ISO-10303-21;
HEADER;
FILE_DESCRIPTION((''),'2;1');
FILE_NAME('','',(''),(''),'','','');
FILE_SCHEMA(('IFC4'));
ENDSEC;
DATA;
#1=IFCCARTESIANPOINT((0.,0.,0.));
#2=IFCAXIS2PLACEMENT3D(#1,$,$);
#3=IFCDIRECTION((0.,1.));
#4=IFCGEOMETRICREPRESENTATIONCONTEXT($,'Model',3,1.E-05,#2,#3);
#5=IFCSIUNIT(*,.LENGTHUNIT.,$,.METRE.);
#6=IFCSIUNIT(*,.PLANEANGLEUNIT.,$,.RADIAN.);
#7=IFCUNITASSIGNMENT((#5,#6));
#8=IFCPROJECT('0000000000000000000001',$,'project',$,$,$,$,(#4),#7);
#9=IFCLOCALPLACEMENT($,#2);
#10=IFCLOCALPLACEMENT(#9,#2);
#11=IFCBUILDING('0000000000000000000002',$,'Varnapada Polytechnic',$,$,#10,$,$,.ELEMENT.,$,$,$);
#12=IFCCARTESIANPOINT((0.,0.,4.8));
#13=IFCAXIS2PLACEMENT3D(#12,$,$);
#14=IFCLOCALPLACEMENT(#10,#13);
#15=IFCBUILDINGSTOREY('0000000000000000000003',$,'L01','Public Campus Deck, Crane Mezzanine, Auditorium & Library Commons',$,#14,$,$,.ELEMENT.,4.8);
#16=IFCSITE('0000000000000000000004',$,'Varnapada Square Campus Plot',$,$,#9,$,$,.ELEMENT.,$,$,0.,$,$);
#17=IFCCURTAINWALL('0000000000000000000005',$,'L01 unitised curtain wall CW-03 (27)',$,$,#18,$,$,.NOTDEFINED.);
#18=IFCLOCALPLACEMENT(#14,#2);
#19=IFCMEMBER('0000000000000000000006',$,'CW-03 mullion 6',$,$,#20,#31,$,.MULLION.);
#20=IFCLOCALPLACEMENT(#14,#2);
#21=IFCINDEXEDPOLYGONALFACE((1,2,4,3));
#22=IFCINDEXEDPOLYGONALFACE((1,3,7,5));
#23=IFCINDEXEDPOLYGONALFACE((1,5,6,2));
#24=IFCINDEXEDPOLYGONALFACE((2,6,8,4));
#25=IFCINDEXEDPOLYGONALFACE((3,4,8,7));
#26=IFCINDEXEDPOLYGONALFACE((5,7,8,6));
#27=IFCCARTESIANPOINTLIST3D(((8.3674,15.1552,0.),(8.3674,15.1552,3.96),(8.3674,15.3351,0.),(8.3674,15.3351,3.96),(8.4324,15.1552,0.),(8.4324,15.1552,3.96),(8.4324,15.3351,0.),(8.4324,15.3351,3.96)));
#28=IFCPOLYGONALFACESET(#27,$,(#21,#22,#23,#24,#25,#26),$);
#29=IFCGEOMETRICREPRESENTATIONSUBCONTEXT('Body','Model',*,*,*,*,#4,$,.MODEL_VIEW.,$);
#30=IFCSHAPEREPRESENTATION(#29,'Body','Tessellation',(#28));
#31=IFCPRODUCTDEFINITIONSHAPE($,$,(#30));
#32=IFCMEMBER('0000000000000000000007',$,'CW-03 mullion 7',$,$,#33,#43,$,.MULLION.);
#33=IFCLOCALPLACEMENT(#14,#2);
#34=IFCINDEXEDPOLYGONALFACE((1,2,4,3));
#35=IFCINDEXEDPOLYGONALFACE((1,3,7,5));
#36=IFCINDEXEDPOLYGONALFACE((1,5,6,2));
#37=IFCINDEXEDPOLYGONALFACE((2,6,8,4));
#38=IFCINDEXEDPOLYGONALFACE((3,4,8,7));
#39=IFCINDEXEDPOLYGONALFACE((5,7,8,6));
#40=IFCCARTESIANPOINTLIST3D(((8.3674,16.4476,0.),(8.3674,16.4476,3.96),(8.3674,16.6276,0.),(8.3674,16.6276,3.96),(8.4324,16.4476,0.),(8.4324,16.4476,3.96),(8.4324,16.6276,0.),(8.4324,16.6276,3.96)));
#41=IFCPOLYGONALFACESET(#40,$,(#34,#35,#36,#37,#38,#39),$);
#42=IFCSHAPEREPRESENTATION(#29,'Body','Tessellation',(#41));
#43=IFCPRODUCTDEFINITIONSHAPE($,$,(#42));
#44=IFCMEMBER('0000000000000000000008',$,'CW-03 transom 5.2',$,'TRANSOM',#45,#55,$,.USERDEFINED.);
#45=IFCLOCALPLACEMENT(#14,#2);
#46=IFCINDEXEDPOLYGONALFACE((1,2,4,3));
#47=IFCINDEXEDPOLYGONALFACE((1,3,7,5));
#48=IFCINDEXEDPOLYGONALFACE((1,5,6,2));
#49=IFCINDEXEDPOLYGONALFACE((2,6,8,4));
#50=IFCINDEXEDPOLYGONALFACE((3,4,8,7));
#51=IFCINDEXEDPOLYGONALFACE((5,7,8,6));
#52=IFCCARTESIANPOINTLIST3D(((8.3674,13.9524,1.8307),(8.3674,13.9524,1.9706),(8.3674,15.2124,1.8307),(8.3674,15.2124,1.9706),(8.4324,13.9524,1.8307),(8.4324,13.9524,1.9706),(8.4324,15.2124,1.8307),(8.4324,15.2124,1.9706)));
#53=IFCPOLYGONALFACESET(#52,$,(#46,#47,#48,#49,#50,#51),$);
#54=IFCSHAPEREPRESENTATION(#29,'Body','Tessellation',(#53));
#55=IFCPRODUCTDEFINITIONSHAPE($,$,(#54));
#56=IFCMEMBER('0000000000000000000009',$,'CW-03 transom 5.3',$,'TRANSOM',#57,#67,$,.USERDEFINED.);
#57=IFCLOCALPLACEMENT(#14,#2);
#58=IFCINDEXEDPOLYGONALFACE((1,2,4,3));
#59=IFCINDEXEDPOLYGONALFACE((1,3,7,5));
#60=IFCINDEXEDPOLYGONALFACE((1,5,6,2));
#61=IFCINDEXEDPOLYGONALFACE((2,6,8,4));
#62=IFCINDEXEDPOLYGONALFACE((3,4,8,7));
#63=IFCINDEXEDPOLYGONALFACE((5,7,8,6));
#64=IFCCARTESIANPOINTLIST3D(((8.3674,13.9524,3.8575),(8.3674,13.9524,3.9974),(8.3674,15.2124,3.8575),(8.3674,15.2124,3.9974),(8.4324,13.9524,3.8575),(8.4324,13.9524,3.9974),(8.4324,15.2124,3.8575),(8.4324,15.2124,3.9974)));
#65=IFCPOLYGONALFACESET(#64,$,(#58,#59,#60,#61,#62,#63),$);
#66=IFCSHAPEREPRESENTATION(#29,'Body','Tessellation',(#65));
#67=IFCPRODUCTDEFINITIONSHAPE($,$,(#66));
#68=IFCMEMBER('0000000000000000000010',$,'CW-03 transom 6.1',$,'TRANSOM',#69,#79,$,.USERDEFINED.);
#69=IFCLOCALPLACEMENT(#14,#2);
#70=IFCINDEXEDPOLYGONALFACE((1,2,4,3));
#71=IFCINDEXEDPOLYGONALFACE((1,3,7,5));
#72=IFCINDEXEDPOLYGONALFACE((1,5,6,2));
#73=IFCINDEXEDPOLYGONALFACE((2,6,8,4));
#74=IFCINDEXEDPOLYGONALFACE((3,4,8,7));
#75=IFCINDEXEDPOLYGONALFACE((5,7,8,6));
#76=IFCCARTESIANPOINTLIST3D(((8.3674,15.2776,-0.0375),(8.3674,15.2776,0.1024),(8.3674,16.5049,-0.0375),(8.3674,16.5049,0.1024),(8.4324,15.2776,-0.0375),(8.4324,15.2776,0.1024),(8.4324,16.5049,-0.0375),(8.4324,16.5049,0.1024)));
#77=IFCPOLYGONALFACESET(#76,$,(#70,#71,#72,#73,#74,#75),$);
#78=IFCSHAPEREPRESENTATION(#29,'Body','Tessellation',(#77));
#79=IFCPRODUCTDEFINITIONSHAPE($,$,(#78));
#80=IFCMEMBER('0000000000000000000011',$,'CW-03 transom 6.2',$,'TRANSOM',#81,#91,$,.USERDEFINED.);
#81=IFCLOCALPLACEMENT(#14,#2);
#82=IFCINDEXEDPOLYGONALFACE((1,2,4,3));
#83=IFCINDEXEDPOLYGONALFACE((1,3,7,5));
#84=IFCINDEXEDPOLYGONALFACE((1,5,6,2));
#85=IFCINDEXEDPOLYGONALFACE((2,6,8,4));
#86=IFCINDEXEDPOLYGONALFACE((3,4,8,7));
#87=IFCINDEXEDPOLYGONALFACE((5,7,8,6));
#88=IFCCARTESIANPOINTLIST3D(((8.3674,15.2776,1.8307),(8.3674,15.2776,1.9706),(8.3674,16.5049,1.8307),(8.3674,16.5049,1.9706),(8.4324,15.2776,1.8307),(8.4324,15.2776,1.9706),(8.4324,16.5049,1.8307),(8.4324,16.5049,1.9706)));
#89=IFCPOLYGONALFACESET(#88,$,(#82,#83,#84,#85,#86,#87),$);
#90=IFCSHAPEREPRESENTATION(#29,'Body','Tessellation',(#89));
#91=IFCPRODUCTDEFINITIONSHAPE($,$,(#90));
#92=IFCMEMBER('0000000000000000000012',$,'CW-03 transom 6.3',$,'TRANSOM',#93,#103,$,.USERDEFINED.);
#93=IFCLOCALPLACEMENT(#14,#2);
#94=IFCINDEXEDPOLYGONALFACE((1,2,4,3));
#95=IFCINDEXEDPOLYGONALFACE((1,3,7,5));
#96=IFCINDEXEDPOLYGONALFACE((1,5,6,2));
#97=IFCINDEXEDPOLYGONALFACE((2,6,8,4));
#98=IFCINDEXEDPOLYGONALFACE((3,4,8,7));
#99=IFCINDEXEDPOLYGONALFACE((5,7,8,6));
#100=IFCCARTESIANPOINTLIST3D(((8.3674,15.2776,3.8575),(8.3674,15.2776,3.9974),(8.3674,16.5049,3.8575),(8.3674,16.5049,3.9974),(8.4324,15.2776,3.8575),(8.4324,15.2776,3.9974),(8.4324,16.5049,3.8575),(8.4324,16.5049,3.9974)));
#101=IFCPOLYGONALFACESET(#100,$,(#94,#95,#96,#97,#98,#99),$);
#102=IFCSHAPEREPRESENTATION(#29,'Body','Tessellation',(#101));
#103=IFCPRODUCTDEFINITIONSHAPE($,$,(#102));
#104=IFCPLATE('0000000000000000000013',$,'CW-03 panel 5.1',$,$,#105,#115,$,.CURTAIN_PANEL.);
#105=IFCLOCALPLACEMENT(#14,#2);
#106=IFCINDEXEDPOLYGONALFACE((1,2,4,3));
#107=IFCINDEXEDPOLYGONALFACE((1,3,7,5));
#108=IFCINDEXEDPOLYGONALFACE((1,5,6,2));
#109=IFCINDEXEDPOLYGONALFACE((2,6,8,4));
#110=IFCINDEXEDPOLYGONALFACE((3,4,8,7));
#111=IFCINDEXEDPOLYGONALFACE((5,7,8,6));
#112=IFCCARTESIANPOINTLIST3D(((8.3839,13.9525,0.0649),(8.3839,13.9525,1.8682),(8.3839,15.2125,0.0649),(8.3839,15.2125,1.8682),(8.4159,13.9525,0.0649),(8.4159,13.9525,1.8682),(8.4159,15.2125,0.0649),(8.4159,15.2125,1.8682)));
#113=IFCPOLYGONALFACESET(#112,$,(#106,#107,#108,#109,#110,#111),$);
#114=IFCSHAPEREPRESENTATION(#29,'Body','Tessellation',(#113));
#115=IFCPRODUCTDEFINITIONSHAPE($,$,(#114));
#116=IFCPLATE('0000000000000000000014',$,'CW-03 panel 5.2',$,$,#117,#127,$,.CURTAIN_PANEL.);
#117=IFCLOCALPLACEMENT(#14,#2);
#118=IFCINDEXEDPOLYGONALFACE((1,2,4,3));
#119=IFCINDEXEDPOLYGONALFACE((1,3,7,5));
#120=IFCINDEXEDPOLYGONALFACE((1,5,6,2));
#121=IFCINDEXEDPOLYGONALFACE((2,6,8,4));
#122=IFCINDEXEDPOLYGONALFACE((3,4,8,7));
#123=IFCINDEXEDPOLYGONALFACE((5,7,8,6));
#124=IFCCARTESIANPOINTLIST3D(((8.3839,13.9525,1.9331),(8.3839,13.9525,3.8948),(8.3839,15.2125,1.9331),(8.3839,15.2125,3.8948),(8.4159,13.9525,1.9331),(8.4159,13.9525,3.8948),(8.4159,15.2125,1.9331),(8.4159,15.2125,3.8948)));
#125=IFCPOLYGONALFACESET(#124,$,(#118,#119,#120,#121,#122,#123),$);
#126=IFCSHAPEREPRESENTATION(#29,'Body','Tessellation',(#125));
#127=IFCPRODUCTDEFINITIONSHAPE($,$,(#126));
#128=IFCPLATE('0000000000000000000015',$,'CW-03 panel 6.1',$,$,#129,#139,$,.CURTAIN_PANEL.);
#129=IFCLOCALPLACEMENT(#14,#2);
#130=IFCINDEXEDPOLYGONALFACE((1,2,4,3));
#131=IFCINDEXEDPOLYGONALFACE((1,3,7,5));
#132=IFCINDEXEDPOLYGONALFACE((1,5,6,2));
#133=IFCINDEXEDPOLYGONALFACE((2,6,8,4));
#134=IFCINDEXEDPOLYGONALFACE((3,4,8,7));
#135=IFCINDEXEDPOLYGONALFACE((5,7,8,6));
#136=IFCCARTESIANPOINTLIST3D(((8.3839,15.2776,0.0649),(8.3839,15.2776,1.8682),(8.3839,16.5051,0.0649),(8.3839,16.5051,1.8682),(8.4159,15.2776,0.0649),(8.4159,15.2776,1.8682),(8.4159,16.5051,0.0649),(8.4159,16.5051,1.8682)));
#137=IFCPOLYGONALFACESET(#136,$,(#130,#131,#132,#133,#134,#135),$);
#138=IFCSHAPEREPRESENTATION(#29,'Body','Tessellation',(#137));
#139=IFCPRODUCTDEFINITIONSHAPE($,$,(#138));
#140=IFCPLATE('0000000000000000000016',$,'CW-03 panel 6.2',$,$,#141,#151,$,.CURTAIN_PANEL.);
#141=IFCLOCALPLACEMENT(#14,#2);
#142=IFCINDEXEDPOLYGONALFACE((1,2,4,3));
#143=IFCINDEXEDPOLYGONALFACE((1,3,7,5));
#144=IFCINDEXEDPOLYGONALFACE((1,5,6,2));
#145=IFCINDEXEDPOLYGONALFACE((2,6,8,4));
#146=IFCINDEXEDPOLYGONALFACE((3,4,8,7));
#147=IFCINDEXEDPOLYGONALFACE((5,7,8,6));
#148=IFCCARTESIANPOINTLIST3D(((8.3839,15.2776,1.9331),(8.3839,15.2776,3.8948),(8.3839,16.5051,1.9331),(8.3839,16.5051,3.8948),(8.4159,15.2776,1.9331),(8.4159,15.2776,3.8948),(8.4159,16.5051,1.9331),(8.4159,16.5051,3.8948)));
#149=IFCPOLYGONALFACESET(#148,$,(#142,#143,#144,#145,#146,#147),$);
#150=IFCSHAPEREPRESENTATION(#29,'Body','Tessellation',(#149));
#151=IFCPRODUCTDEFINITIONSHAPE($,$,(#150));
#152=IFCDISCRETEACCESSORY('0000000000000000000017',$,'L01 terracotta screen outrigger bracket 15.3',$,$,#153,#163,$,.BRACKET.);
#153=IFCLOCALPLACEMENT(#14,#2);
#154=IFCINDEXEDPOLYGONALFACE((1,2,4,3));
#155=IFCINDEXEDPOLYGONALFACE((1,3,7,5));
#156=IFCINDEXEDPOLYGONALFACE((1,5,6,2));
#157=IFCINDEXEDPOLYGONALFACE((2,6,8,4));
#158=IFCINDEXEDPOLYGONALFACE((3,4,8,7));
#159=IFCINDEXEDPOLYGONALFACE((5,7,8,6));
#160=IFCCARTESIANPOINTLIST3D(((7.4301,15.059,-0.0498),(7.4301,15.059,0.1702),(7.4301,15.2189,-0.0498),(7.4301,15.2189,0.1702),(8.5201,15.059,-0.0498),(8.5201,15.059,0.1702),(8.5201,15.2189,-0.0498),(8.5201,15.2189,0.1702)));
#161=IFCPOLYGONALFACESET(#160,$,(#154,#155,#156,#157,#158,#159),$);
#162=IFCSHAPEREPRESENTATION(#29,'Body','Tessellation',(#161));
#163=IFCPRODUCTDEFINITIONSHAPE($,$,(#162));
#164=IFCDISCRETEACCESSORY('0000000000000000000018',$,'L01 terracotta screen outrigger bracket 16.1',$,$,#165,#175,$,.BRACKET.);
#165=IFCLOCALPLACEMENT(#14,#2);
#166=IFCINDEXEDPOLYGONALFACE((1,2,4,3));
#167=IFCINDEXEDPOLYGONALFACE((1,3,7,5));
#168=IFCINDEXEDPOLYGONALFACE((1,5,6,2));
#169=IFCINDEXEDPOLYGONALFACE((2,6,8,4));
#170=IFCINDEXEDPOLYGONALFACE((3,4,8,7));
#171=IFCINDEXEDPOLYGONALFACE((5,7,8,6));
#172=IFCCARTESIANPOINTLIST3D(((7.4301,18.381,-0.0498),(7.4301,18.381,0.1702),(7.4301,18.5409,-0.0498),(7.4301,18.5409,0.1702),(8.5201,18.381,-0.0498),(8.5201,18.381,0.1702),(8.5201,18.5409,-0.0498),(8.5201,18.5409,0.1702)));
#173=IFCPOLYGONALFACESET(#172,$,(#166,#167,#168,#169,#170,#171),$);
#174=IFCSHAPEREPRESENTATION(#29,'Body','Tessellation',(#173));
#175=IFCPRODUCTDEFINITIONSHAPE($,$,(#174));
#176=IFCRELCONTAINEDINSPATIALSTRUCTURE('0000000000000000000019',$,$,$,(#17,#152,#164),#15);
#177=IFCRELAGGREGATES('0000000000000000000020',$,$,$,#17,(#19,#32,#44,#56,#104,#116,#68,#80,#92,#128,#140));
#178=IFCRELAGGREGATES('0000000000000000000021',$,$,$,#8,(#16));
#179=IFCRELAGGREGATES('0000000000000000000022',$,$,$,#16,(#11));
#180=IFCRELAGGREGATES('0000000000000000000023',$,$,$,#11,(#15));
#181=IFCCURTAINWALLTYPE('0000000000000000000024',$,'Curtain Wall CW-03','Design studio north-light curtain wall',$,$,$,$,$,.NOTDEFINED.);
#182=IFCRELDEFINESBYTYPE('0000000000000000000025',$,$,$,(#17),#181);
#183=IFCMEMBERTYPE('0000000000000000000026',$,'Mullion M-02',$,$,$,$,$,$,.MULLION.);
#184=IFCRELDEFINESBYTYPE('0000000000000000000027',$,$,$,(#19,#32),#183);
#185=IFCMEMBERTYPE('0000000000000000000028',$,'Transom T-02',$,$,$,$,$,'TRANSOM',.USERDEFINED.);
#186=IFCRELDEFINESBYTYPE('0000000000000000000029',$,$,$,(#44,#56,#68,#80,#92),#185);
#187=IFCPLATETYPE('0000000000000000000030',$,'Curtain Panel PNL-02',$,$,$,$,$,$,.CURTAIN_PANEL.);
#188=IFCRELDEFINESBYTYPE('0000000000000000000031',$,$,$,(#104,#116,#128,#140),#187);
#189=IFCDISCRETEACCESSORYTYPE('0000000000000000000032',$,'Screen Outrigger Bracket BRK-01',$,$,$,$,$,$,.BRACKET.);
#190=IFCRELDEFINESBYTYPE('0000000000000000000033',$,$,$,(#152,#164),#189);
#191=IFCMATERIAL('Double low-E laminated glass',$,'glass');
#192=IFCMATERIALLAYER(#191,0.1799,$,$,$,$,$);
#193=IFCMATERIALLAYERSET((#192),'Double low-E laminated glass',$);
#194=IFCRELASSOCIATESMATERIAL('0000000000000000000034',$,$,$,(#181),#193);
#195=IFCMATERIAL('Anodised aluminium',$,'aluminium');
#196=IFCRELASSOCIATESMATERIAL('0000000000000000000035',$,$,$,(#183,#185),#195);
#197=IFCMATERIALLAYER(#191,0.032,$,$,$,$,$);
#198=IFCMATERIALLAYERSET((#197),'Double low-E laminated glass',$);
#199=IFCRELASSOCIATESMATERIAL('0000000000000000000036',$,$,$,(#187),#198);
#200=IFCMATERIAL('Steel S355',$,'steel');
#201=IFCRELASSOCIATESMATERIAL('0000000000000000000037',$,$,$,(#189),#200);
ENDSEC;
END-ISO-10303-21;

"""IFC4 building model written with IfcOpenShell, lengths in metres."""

from ifc_helpers import new_model, si_unit, direction, frame, origin, origin_2d, place, context, subcontext, project, spatial, rectangle, extrude, material, layer, layer_set, material_profile, profile_set, type_object, element, aggregate, save


model = new_model("IFC4")

# Units and contexts
model_context = context("Model", 3, precision=1e-05, world=origin(), true_north=direction((0.0, 1.0)))
body_context = subcontext(model_context, "Body", "Model", "MODEL_VIEW")
ifc_project = project(units=[si_unit("LENGTHUNIT", "METRE"), si_unit("PLANEANGLEUNIT", "RADIAN")], contexts=[model_context])

# Site, building, storey
site_placement = place(None, origin())
site = spatial("IfcSite", under=ifc_project, at=site_placement, Name="Varnapada Square Campus Plot", CompositionType="ELEMENT", RefElevation=0.0)
building_placement = place(site_placement, origin())
building = spatial("IfcBuilding", under=site, at=building_placement, Name="Varnapada Polytechnic", CompositionType="ELEMENT")
storey_placement = place(building_placement, frame((0.0, 0.0, 4.8)))
storey = spatial("IfcBuildingStorey", under=building, at=storey_placement, Name="L01", Description="Public Campus Deck, Crane Mezzanine, Auditorium & Library Commons", CompositionType="ELEMENT", Elevation=4.8)

# Curtain wall, members, plates
ifc_material_1 = material(Name="Double low-E laminated glass", Category="glass")
ifc_layer_1 = layer(ifc_material_1, 0.1799)
ifc_layer_set_1 = layer_set([ifc_layer_1], Name="Double low-E laminated glass")
curtain_wall_type = type_object("IfcCurtainWallType", Name="Curtain Wall CW-03", Description="Design studio north-light curtain wall", PredefinedType="NOTDEFINED", material=ifc_layer_set_1)
curtain_wall_placement = place(storey_placement, origin())
curtain_wall = element("IfcCurtainWall", 1, at=curtain_wall_placement, inside=storey, type_object=curtain_wall_type, Name="L01 unitised curtain wall CW-03 (27)", PredefinedType="NOTDEFINED")
ifc_material_2 = material(Name="Anodised aluminium", Category="aluminium")
ifc_material_profile_1 = material_profile(ifc_material_2, rectangle(XDim=0.0649, YDim=0.1799, at=origin_2d()), Name="ALU M65x180")
ifc_profile_set_1 = profile_set([ifc_material_profile_1], Name="Anodised aluminium")
member_type_1 = type_object("IfcMemberType", Name="Mullion M-02", PredefinedType="MULLION", material=ifc_profile_set_1)
member_1_placement = place(storey_placement, frame((8.3999, 15.2451, 0.0), z_axis=(0.0, 0.0, 1.0), x_axis=(-1.0, 0.0, 0.0)))
member_1 = element("IfcMember", 2, at=member_1_placement, type_object=member_type_1, Name="CW-03 mullion 6", PredefinedType="MULLION", context=body_context, shape_type="SweptSolid", body=[
    extrude(rectangle(XDim=0.0649, YDim=0.1799, at=origin_2d()), origin(), (0.0, 0.0, 1.0), 3.96),
])
member_2_placement = place(storey_placement, frame((8.3999, 16.5376, 0.0), z_axis=(0.0, 0.0, 1.0), x_axis=(-1.0, 0.0, 0.0)))
member_2 = element("IfcMember", 3, at=member_2_placement, type_object=member_type_1, Name="CW-03 mullion 7", PredefinedType="MULLION", context=body_context, shape_type="SweptSolid", body=[
    extrude(rectangle(XDim=0.0649, YDim=0.1799, at=origin_2d()), origin(), (0.0, 0.0, 1.0), 3.96),
])
ifc_material_profile_2 = material_profile(ifc_material_2, rectangle(XDim=0.0649, YDim=0.1399, at=origin_2d()), Name="ALU T65x140")
ifc_profile_set_2 = profile_set([ifc_material_profile_2], Name="Anodised aluminium")
member_type_2 = type_object("IfcMemberType", Name="Transom T-02", ElementType="TRANSOM", PredefinedType="USERDEFINED", material=ifc_profile_set_2)
member_3_placement = place(storey_placement, frame((8.3999, 13.9524, 1.9006), z_axis=(0.0, 1.0, 0.0), x_axis=(-1.0, 0.0, 0.0)))
member_3 = element("IfcMember", 4, at=member_3_placement, type_object=member_type_2, Name="CW-03 transom 5.2", ObjectType="TRANSOM", PredefinedType="USERDEFINED", context=body_context, shape_type="SweptSolid", body=[
    extrude(rectangle(XDim=0.0649, YDim=0.1399, at=origin_2d()), origin(), (0.0, 0.0, 1.0), 1.26),
])
member_4_placement = place(storey_placement, frame((8.3999, 13.9524, 3.9275), z_axis=(0.0, 1.0, 0.0), x_axis=(-1.0, 0.0, 0.0)))
member_4 = element("IfcMember", 5, at=member_4_placement, type_object=member_type_2, Name="CW-03 transom 5.3", ObjectType="TRANSOM", PredefinedType="USERDEFINED", context=body_context, shape_type="SweptSolid", body=[
    extrude(rectangle(XDim=0.0649, YDim=0.1399, at=origin_2d()), origin(), (0.0, 0.0, 1.0), 1.26),
])
member_5_placement = place(storey_placement, frame((8.3999, 15.2776, 0.0325), z_axis=(0.0, 1.0, 0.0), x_axis=(-1.0, 0.0, 0.0)))
member_5 = element("IfcMember", 6, at=member_5_placement, type_object=member_type_2, Name="CW-03 transom 6.1", ObjectType="TRANSOM", PredefinedType="USERDEFINED", context=body_context, shape_type="SweptSolid", body=[
    extrude(rectangle(XDim=0.0649, YDim=0.1399, at=origin_2d()), origin(), (0.0, 0.0, 1.0), 1.2273),
])
member_6_placement = place(storey_placement, frame((8.3999, 15.2776, 1.9006), z_axis=(0.0, 1.0, 0.0), x_axis=(-1.0, 0.0, 0.0)))
member_6 = element("IfcMember", 7, at=member_6_placement, type_object=member_type_2, Name="CW-03 transom 6.2", ObjectType="TRANSOM", PredefinedType="USERDEFINED", context=body_context, shape_type="SweptSolid", body=[
    extrude(rectangle(XDim=0.0649, YDim=0.1399, at=origin_2d()), origin(), (0.0, 0.0, 1.0), 1.2273),
])
member_7_placement = place(storey_placement, frame((8.3999, 15.2776, 3.9275), z_axis=(0.0, 1.0, 0.0), x_axis=(-1.0, 0.0, 0.0)))
member_7 = element("IfcMember", 8, at=member_7_placement, type_object=member_type_2, Name="CW-03 transom 6.3", ObjectType="TRANSOM", PredefinedType="USERDEFINED", context=body_context, shape_type="SweptSolid", body=[
    extrude(rectangle(XDim=0.0649, YDim=0.1399, at=origin_2d()), origin(), (0.0, 0.0, 1.0), 1.2273),
])
ifc_layer_2 = layer(ifc_material_1, 0.032)
ifc_layer_set_2 = layer_set([ifc_layer_2], Name="Double low-E laminated glass")
plate_type = type_object("IfcPlateType", Name="Curtain Panel PNL-02", PredefinedType="CURTAIN_PANEL", material=ifc_layer_set_2)
plate_1_placement = place(storey_placement, frame((8.3999, 14.5825, 0.0649), z_axis=(0.0, 0.0, 1.0), x_axis=(0.0, 1.0, 0.0)))
plate_1 = element("IfcPlate", 9, at=plate_1_placement, type_object=plate_type, Name="CW-03 panel 5.1", PredefinedType="CURTAIN_PANEL", context=body_context, shape_type="SweptSolid", body=[
    extrude(rectangle(XDim=1.26, YDim=0.032, at=origin_2d()), origin(), (0.0, 0.0, 1.0), 1.8032),
])
plate_2_placement = place(storey_placement, frame((8.3999, 14.5825, 1.9331), z_axis=(0.0, 0.0, 1.0), x_axis=(0.0, 1.0, 0.0)))
plate_2 = element("IfcPlate", 10, at=plate_2_placement, type_object=plate_type, Name="CW-03 panel 5.2", PredefinedType="CURTAIN_PANEL", context=body_context, shape_type="SweptSolid", body=[
    extrude(rectangle(XDim=1.26, YDim=0.032, at=origin_2d()), origin(), (0.0, 0.0, 1.0), 1.9617),
])
plate_3_placement = place(storey_placement, frame((8.3999, 15.8914, 0.0649), z_axis=(0.0, 0.0, 1.0), x_axis=(0.0, 1.0, 0.0)))
plate_3 = element("IfcPlate", 11, at=plate_3_placement, type_object=plate_type, Name="CW-03 panel 6.1", PredefinedType="CURTAIN_PANEL", context=body_context, shape_type="SweptSolid", body=[
    extrude(rectangle(XDim=1.2275, YDim=0.032, at=origin_2d()), origin(), (0.0, 0.0, 1.0), 1.8032),
])
plate_4_placement = place(storey_placement, frame((8.3999, 15.8914, 1.9331), z_axis=(0.0, 0.0, 1.0), x_axis=(0.0, 1.0, 0.0)))
plate_4 = element("IfcPlate", 12, at=plate_4_placement, type_object=plate_type, Name="CW-03 panel 6.2", PredefinedType="CURTAIN_PANEL", context=body_context, shape_type="SweptSolid", body=[
    extrude(rectangle(XDim=1.2275, YDim=0.032, at=origin_2d()), origin(), (0.0, 0.0, 1.0), 1.9617),
])
aggregate(curtain_wall, [member_1, member_2, member_3, member_4, plate_1, plate_2, member_5, member_6, member_7, plate_3, plate_4])

# Discrete accessories
ifc_material_3 = material(Name="Steel S355", Category="steel")
discrete_accessory_type = type_object("IfcDiscreteAccessoryType", Name="Screen Outrigger Bracket BRK-01", PredefinedType="BRACKET", material=ifc_material_3)
for number, where, z_axis, x_axis, name in (
    (13, (7.9751, 15.1389, -0.0498), (0.0, 0.0, 1.0), (0.0, 1.0, 0.0), "L01 terracotta screen outrigger bracket 15.3"),
    (14, (7.9751, 18.4609, -0.0498), (0.0, 0.0, 1.0), (0.0, 1.0, 0.0), "L01 terracotta screen outrigger bracket 16.1"),
):
    element("IfcDiscreteAccessory", number, at=place(storey_placement, frame(where, z_axis=z_axis, x_axis=x_axis)), inside=storey, type_object=discrete_accessory_type, Name=name, PredefinedType="BRACKET", context=body_context, shape_type="SweptSolid", body=[
        extrude(rectangle(XDim=0.1599, YDim=1.0901, at=origin_2d()), origin(), (0.0, 0.0, 1.0), 0.22),
    ])

save(model, "model.ifc")
